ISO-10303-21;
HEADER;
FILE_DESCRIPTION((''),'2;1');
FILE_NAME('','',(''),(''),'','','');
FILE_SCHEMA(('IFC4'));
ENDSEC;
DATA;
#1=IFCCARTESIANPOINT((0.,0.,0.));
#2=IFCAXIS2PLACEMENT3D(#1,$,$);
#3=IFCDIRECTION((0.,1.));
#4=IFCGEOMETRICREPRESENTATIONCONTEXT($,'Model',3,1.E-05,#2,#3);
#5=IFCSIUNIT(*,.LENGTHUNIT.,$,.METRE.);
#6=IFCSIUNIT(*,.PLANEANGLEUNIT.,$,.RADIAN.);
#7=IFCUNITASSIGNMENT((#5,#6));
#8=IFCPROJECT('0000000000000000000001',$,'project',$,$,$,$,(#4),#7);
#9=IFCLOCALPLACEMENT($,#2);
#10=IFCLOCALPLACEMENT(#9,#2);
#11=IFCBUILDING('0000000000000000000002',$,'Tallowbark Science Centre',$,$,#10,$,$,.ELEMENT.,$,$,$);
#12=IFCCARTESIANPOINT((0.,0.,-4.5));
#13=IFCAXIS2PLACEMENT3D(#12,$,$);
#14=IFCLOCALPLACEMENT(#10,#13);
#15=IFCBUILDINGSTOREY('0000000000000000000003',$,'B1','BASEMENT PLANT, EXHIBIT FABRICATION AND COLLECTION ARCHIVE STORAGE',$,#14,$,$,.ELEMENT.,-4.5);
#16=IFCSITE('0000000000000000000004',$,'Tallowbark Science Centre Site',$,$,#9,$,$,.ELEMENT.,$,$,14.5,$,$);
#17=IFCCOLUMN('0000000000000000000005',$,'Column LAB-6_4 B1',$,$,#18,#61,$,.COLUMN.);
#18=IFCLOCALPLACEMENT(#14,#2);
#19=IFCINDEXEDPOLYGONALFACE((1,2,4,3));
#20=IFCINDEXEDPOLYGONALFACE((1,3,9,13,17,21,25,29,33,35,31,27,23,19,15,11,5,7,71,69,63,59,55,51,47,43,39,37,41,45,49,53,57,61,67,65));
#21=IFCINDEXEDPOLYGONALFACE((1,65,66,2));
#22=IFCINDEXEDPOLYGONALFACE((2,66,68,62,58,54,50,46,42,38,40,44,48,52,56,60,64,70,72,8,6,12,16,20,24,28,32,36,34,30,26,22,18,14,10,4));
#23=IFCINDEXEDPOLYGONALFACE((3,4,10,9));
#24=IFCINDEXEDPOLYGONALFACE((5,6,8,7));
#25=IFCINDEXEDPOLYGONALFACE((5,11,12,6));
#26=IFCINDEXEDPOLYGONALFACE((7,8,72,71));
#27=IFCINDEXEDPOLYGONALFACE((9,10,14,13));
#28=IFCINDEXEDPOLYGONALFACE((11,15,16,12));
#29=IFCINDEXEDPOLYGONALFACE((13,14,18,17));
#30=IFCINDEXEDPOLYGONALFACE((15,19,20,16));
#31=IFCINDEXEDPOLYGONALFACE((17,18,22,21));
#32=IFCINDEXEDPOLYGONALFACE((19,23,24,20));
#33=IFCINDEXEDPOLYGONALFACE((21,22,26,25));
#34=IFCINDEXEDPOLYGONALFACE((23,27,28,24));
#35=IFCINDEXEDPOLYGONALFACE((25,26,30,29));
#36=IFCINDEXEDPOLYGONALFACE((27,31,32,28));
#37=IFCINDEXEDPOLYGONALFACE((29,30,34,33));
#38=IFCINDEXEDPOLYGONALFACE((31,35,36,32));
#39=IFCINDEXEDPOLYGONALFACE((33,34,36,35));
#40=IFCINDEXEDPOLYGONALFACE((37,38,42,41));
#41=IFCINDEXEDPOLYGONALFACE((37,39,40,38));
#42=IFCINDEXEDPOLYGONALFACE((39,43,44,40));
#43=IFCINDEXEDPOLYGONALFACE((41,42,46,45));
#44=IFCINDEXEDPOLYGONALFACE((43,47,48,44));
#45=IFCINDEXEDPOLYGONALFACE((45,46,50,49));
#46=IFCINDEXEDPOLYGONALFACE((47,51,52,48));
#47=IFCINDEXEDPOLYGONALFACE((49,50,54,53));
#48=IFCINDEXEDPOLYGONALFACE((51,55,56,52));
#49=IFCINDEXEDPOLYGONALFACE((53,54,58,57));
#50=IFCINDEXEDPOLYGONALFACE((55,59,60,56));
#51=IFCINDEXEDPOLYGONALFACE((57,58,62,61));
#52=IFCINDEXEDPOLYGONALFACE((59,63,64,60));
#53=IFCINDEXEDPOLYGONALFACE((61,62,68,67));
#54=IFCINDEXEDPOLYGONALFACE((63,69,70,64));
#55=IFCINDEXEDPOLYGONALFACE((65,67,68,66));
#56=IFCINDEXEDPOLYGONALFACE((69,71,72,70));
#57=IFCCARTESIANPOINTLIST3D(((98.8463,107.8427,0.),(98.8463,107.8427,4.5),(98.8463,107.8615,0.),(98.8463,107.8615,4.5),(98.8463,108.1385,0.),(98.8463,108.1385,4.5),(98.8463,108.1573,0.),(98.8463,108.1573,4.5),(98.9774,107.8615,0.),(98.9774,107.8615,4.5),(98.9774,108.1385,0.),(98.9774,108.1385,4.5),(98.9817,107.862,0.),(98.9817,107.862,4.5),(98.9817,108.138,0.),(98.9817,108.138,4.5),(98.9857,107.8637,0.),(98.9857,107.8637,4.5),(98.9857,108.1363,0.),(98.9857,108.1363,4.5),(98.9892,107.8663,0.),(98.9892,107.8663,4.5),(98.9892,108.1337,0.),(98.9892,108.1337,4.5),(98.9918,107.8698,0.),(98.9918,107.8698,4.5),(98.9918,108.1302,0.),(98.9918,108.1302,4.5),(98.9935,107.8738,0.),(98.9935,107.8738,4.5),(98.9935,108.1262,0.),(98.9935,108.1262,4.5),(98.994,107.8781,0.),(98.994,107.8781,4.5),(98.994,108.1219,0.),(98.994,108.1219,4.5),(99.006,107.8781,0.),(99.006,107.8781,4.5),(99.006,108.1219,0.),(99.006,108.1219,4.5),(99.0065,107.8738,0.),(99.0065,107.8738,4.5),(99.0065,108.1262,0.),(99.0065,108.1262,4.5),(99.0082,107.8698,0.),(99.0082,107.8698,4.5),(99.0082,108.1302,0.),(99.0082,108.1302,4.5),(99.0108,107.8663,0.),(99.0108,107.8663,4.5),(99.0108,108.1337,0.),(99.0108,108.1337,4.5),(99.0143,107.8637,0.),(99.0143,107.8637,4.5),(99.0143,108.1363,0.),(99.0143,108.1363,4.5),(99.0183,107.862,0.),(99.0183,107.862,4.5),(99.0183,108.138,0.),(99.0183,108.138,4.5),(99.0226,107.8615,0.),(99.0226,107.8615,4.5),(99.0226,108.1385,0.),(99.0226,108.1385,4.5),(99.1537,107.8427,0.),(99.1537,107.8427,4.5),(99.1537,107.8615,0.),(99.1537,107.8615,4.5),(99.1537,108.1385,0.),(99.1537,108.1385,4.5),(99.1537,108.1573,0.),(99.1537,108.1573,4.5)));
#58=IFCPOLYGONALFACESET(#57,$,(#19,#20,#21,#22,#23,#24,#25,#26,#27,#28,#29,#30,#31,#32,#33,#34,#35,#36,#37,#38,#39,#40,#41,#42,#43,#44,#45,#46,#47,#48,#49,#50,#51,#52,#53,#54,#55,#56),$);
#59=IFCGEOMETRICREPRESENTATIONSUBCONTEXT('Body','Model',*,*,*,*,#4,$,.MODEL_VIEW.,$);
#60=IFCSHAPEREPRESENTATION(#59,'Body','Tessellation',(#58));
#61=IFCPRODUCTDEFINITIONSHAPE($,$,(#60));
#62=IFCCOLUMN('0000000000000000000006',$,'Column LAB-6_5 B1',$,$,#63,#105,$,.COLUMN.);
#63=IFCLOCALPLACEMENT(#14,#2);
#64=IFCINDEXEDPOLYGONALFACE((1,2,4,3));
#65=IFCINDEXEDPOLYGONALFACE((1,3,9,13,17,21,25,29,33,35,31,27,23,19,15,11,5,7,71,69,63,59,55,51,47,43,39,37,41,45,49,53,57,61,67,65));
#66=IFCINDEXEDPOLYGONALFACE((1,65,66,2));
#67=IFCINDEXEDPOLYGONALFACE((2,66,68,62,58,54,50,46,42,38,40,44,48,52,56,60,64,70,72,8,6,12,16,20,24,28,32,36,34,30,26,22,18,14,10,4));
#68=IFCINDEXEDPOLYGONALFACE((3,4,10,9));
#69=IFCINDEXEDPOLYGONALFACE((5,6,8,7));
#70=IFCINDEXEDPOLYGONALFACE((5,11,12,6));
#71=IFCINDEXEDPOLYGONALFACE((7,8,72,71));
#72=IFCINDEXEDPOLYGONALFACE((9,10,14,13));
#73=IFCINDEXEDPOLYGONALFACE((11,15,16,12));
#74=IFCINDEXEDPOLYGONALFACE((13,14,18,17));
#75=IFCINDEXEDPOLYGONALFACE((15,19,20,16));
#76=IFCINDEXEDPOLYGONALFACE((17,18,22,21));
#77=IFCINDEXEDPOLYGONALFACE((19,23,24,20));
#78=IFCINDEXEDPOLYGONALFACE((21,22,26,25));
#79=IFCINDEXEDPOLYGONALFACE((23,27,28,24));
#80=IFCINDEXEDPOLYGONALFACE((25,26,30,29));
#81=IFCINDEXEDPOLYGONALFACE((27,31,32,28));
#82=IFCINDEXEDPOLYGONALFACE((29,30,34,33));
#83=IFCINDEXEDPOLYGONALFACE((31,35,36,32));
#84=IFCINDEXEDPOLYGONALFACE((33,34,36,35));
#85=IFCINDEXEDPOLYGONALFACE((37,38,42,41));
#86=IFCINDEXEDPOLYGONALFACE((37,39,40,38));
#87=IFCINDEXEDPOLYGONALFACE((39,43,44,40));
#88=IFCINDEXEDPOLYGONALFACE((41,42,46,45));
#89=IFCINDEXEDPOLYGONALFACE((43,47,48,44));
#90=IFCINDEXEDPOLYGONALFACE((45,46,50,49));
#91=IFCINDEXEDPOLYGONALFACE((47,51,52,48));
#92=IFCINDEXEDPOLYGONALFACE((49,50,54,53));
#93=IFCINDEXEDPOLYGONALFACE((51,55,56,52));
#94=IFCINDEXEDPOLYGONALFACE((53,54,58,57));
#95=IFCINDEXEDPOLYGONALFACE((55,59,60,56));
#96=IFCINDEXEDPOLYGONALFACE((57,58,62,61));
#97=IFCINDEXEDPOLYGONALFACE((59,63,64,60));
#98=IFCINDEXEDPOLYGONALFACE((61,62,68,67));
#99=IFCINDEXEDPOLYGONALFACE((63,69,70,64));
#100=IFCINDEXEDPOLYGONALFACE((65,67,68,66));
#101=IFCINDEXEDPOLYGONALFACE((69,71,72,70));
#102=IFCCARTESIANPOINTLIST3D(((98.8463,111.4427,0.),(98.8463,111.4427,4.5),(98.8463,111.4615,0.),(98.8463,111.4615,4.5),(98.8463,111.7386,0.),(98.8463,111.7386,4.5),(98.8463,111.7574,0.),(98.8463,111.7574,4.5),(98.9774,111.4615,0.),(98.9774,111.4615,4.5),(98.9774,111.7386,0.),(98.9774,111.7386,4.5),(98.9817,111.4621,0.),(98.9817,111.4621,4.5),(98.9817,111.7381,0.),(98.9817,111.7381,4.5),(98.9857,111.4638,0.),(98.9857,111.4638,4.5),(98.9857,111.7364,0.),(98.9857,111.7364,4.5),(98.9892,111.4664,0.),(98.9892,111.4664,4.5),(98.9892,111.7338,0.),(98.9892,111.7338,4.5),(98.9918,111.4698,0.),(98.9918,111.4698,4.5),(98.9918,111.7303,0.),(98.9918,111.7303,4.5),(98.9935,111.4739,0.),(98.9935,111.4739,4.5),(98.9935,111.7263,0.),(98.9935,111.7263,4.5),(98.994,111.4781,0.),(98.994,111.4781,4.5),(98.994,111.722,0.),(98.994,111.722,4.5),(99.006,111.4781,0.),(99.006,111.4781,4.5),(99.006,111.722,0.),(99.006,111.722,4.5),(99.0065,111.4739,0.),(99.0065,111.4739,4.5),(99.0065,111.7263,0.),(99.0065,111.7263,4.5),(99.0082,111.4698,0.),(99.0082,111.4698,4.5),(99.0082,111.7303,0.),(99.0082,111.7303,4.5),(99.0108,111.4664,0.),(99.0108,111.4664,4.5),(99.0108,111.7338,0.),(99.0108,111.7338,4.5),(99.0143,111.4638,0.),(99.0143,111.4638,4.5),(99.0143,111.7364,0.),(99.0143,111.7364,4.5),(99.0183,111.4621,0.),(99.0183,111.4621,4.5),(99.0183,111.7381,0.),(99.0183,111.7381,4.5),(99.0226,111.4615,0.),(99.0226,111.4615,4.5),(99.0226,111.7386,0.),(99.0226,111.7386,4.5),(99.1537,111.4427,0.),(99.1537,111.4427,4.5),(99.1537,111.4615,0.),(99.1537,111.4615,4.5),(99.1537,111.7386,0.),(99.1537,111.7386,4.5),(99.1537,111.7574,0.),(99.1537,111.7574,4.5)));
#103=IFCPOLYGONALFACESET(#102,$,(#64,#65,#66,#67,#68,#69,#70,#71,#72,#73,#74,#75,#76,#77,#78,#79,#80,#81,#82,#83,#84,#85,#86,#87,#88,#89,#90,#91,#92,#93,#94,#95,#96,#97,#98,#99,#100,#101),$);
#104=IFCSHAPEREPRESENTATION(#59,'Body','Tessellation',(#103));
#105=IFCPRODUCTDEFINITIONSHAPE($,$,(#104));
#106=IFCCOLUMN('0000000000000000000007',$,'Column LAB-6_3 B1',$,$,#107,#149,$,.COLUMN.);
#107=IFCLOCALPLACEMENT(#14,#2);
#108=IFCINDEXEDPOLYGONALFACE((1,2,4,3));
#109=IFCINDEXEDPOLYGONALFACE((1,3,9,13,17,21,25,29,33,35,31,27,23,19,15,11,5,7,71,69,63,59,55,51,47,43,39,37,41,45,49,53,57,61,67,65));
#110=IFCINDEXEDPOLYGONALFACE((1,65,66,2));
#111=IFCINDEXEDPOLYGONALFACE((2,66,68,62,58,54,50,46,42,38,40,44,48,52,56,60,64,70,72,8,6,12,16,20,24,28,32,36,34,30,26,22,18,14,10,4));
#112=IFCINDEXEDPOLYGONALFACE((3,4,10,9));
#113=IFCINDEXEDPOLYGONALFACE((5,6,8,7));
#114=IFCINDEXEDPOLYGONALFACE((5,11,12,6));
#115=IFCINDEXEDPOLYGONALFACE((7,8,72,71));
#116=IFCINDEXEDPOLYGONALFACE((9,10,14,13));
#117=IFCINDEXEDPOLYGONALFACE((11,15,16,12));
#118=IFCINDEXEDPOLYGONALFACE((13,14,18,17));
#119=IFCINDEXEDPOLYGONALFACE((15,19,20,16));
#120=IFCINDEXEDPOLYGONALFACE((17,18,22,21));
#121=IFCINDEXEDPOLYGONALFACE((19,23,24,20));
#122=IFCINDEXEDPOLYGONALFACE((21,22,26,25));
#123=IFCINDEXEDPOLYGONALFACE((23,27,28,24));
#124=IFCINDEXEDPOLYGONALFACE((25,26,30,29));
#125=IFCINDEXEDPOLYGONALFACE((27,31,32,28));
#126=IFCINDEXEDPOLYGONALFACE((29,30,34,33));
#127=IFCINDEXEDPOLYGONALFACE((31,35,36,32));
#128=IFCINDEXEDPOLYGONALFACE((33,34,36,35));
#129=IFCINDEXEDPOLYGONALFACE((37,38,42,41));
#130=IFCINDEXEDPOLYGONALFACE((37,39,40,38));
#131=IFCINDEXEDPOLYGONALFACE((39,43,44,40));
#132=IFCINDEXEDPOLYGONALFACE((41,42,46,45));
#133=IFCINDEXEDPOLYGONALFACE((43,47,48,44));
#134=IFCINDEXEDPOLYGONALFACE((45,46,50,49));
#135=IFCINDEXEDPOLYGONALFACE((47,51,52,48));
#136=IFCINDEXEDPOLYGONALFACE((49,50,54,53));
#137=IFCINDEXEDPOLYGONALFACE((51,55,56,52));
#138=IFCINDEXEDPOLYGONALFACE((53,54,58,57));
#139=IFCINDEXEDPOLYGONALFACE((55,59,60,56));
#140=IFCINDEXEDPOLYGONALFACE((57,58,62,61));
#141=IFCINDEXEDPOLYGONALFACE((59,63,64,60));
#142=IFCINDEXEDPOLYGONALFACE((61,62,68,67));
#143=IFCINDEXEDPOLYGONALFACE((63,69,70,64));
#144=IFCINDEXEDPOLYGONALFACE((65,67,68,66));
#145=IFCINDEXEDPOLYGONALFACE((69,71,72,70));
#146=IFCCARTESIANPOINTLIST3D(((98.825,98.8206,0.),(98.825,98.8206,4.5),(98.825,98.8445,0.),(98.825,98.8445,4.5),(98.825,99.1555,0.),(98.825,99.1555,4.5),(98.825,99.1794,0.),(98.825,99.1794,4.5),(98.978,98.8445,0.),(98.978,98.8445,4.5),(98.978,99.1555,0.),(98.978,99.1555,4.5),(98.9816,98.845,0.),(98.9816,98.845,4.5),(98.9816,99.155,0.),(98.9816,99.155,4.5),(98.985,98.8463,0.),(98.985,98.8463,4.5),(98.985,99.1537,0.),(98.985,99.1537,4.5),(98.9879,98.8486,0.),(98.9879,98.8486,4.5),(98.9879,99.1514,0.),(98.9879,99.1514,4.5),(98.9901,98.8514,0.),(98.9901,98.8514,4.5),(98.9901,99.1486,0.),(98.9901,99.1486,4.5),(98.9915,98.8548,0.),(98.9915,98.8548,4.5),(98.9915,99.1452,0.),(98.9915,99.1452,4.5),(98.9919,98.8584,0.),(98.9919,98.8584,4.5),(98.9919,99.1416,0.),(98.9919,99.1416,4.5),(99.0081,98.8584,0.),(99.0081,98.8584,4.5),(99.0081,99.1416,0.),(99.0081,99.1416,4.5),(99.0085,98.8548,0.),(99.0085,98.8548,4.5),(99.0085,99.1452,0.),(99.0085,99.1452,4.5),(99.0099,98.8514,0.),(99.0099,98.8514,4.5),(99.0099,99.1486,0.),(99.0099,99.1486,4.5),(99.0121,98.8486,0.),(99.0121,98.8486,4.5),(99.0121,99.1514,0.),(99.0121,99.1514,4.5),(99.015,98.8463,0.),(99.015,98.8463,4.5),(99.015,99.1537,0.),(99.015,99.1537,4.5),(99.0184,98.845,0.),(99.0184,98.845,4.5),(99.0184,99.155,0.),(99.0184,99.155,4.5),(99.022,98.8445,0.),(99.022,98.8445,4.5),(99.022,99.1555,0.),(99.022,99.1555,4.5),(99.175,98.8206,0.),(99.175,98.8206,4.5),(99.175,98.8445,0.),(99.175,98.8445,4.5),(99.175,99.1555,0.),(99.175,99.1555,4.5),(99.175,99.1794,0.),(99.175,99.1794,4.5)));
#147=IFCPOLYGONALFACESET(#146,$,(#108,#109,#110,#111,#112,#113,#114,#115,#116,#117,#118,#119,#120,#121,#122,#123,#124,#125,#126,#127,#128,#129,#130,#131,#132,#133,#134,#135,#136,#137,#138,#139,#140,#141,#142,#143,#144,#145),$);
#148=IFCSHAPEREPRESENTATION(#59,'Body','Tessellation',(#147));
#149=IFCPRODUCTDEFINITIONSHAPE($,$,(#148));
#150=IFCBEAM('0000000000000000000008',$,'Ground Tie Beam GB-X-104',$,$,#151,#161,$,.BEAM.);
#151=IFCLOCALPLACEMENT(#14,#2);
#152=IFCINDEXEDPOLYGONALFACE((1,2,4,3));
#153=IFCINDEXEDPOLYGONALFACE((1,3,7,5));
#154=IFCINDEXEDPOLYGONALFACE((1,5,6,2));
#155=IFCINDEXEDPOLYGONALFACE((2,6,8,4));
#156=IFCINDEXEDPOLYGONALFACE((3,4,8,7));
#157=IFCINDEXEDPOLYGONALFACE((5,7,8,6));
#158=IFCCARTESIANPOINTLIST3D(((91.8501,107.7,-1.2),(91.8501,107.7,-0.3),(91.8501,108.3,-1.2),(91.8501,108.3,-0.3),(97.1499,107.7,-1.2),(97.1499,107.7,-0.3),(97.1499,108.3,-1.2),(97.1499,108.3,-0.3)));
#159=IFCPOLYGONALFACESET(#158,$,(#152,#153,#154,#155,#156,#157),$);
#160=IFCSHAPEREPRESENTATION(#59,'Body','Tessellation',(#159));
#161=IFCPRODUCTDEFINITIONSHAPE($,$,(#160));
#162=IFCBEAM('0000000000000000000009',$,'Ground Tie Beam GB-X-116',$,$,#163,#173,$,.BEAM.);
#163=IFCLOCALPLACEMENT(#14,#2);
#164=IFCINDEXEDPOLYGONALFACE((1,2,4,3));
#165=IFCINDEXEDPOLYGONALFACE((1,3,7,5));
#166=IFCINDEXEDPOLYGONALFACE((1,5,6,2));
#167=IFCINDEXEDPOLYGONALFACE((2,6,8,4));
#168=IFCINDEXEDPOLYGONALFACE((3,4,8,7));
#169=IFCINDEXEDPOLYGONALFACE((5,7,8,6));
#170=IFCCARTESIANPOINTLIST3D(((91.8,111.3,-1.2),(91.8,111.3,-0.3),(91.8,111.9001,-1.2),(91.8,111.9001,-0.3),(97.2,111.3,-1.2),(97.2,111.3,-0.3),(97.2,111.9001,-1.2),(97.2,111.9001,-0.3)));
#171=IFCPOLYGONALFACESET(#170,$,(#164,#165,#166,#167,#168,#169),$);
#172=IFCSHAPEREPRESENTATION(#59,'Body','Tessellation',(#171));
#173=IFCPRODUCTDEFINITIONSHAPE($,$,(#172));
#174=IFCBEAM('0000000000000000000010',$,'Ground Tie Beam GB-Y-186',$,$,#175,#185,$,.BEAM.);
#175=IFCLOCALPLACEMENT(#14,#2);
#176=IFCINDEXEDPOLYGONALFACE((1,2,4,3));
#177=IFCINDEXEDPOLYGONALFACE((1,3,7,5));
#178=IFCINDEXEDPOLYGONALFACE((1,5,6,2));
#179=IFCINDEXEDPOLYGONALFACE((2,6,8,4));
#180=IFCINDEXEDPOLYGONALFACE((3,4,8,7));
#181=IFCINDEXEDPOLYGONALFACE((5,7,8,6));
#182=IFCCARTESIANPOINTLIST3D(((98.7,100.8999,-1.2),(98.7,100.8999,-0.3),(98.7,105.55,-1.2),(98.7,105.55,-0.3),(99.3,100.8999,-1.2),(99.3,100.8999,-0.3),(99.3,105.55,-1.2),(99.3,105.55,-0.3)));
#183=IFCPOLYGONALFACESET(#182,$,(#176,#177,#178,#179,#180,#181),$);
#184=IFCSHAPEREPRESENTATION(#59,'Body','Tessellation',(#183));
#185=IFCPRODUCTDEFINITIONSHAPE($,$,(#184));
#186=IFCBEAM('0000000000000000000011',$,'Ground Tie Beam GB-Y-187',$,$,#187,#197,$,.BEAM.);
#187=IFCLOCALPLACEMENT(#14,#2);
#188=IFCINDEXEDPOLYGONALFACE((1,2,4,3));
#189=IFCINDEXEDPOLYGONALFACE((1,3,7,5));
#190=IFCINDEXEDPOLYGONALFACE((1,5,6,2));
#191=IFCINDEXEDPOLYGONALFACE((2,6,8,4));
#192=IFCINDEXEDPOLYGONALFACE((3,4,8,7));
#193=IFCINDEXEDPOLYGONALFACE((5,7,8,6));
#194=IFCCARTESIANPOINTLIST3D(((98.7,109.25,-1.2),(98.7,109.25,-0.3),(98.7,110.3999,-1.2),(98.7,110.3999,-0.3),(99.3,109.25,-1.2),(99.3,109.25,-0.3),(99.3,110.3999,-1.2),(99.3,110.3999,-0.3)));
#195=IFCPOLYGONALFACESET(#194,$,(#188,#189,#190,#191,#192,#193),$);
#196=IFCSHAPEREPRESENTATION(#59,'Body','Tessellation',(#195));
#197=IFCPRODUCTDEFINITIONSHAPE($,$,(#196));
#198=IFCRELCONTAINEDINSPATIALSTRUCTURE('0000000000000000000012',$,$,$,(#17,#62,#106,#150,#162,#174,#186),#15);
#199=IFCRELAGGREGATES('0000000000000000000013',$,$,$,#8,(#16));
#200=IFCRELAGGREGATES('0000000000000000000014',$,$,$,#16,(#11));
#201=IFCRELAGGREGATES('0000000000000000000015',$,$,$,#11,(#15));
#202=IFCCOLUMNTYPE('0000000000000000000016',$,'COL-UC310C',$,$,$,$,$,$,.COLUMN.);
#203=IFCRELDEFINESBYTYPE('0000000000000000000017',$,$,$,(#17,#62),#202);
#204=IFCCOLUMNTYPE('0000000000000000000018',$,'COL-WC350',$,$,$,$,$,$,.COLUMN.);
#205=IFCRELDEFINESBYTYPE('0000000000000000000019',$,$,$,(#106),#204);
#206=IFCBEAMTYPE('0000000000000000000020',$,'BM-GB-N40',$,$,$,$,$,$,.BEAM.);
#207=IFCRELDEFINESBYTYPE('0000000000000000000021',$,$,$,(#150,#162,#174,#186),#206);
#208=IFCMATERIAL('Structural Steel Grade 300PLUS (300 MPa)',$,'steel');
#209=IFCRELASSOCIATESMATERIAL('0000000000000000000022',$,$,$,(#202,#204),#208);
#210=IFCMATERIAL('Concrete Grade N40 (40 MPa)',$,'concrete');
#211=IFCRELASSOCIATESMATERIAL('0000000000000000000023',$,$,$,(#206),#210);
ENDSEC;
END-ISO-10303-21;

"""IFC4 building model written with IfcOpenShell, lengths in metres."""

from ifc_helpers import new_model, si_unit, direction, frame, origin, origin_2d, place, context, subcontext, project, spatial, rectangle, i_section, extrude, material, material_profile, profile_set, type_object, element, save


model = new_model("IFC4")

# Units and contexts
model_context = context("Model", 3, precision=1e-05, world=origin(), true_north=direction((0.0, 1.0)))
body_context = subcontext(model_context, "Body", "Model", "MODEL_VIEW")
ifc_project = project(units=[si_unit("LENGTHUNIT", "METRE"), si_unit("PLANEANGLEUNIT", "RADIAN")], contexts=[model_context])

# Site, building, storey
site_placement = place(None, origin())
site = spatial("IfcSite", under=ifc_project, at=site_placement, Name="Tallowbark Science Centre Site", CompositionType="ELEMENT", RefElevation=14.5)
building_placement = place(site_placement, origin())
building = spatial("IfcBuilding", under=site, at=building_placement, Name="Tallowbark Science Centre", CompositionType="ELEMENT")
storey_placement = place(building_placement, frame((0.0, 0.0, -4.5)))
storey = spatial("IfcBuildingStorey", under=building, at=storey_placement, Name="B1", Description="BASEMENT PLANT, EXHIBIT FABRICATION AND COLLECTION ARCHIVE STORAGE", CompositionType="ELEMENT", Elevation=-4.5)

# Shared definitions
ifc_material_1 = material(Name="Concrete Grade N40 (40 MPa)", Category="concrete")

# Columns
ifc_material_2 = material(Name="Structural Steel Grade 300PLUS (300 MPa)", Category="steel")
ifc_material_profile_1 = material_profile(ifc_material_2, i_section(OverallWidth=0.3074, OverallDepth=0.3147, WebThickness=0.012, FlangeThickness=0.0188, FilletRadius=0.0166, at=origin_2d()), Name="310UC118")
ifc_profile_set_1 = profile_set([ifc_material_profile_1], Name="Structural Steel Grade 300PLUS (300 MPa)")
column_type_1 = type_object("IfcColumnType", Name="COL-UC310C", PredefinedType="COLUMN", material=ifc_profile_set_1)
for number, where, z_axis, x_axis, name in (
    (1, (99.0, 108.0, 0.0), (0.0, 0.0, 1.0), (1.0, 0.0, 0.0), "Column LAB-6_4 B1"),
    (2, (99.0, 111.6001, 0.0), (0.0, 0.0, 1.0), (1.0, 0.0, 0.0), "Column LAB-6_5 B1"),
):
    element("IfcColumn", number, at=place(storey_placement, frame(where, z_axis=z_axis, x_axis=x_axis)), inside=storey, type_object=column_type_1, Name=name, PredefinedType="COLUMN", context=body_context, shape_type="SweptSolid", body=[
        extrude(i_section(OverallWidth=0.3074, OverallDepth=0.3147, WebThickness=0.012, FlangeThickness=0.0188, FilletRadius=0.0166, at=origin_2d()), origin(), (0.0, 0.0, 1.0), 4.5),
    ])
ifc_material_profile_2 = material_profile(ifc_material_2, i_section(OverallWidth=0.3501, OverallDepth=0.3589, WebThickness=0.0161, FlangeThickness=0.0239, FilletRadius=0.0139, at=origin_2d()), Name="350WC197")
ifc_profile_set_2 = profile_set([ifc_material_profile_2], Name="Structural Steel Grade 300PLUS (300 MPa)")
column_type_2 = type_object("IfcColumnType", Name="COL-WC350", PredefinedType="COLUMN", material=ifc_profile_set_2)
column_placement = place(storey_placement, frame((99.0, 99.0, 0.0), z_axis=(0.0, 0.0, 1.0), x_axis=(1.0, 0.0, 0.0)))
element("IfcColumn", 3, at=column_placement, inside=storey, type_object=column_type_2, Name="Column LAB-6_3 B1", PredefinedType="COLUMN", context=body_context, shape_type="SweptSolid", body=[
    extrude(i_section(OverallWidth=0.3501, OverallDepth=0.3589, WebThickness=0.0161, FlangeThickness=0.0239, FilletRadius=0.0139, at=origin_2d()), origin(), (0.0, 0.0, 1.0), 4.5),
])

# Beams
ifc_material_profile_3 = material_profile(ifc_material_1, rectangle(XDim=0.6001, YDim=0.8999, at=origin_2d()), Name="RC600x900")
ifc_profile_set_3 = profile_set([ifc_material_profile_3], Name="Concrete Grade N40 (40 MPa)")
beam_type = type_object("IfcBeamType", Name="BM-GB-N40", PredefinedType="BEAM", material=ifc_profile_set_3)
beam_1_placement = place(storey_placement, frame((91.8501, 108.0, -0.75), z_axis=(1.0, 0.0, 0.0), x_axis=(0.0, 1.0, 0.0)))
element("IfcBeam", 4, at=beam_1_placement, inside=storey, type_object=beam_type, Name="Ground Tie Beam GB-X-104", PredefinedType="BEAM", context=body_context, shape_type="SweptSolid", body=[
    extrude(rectangle(XDim=0.6001, YDim=0.8999, at=origin_2d()), origin(), (0.0, 0.0, 1.0), 5.2998),
])
beam_2_placement = place(storey_placement, frame((91.8, 111.6001, -0.75), z_axis=(1.0, 0.0, 0.0), x_axis=(0.0, 1.0, 0.0)))
element("IfcBeam", 5, at=beam_2_placement, inside=storey, type_object=beam_type, Name="Ground Tie Beam GB-X-116", PredefinedType="BEAM", context=body_context, shape_type="SweptSolid", body=[
    extrude(rectangle(XDim=0.6001, YDim=0.8999, at=origin_2d()), origin(), (0.0, 0.0, 1.0), 5.3999),
])
beam_3_placement = place(storey_placement, frame((99.0, 100.8999, -0.75), z_axis=(0.0, 1.0, 0.0), x_axis=(-1.0, 0.0, 0.0)))
element("IfcBeam", 6, at=beam_3_placement, inside=storey, type_object=beam_type, Name="Ground Tie Beam GB-Y-186", PredefinedType="BEAM", context=body_context, shape_type="SweptSolid", body=[
    extrude(rectangle(XDim=0.6001, YDim=0.8999, at=origin_2d()), origin(), (0.0, 0.0, 1.0), 4.6501),
])
beam_4_placement = place(storey_placement, frame((99.0, 109.25, -0.75), z_axis=(0.0, 1.0, 0.0), x_axis=(-1.0, 0.0, 0.0)))
element("IfcBeam", 7, at=beam_4_placement, inside=storey, type_object=beam_type, Name="Ground Tie Beam GB-Y-187", PredefinedType="BEAM", context=body_context, shape_type="SweptSolid", body=[
    extrude(rectangle(XDim=0.6001, YDim=0.8999, at=origin_2d()), origin(), (0.0, 0.0, 1.0), 1.1499),
])

save(model, "model.ifc")
